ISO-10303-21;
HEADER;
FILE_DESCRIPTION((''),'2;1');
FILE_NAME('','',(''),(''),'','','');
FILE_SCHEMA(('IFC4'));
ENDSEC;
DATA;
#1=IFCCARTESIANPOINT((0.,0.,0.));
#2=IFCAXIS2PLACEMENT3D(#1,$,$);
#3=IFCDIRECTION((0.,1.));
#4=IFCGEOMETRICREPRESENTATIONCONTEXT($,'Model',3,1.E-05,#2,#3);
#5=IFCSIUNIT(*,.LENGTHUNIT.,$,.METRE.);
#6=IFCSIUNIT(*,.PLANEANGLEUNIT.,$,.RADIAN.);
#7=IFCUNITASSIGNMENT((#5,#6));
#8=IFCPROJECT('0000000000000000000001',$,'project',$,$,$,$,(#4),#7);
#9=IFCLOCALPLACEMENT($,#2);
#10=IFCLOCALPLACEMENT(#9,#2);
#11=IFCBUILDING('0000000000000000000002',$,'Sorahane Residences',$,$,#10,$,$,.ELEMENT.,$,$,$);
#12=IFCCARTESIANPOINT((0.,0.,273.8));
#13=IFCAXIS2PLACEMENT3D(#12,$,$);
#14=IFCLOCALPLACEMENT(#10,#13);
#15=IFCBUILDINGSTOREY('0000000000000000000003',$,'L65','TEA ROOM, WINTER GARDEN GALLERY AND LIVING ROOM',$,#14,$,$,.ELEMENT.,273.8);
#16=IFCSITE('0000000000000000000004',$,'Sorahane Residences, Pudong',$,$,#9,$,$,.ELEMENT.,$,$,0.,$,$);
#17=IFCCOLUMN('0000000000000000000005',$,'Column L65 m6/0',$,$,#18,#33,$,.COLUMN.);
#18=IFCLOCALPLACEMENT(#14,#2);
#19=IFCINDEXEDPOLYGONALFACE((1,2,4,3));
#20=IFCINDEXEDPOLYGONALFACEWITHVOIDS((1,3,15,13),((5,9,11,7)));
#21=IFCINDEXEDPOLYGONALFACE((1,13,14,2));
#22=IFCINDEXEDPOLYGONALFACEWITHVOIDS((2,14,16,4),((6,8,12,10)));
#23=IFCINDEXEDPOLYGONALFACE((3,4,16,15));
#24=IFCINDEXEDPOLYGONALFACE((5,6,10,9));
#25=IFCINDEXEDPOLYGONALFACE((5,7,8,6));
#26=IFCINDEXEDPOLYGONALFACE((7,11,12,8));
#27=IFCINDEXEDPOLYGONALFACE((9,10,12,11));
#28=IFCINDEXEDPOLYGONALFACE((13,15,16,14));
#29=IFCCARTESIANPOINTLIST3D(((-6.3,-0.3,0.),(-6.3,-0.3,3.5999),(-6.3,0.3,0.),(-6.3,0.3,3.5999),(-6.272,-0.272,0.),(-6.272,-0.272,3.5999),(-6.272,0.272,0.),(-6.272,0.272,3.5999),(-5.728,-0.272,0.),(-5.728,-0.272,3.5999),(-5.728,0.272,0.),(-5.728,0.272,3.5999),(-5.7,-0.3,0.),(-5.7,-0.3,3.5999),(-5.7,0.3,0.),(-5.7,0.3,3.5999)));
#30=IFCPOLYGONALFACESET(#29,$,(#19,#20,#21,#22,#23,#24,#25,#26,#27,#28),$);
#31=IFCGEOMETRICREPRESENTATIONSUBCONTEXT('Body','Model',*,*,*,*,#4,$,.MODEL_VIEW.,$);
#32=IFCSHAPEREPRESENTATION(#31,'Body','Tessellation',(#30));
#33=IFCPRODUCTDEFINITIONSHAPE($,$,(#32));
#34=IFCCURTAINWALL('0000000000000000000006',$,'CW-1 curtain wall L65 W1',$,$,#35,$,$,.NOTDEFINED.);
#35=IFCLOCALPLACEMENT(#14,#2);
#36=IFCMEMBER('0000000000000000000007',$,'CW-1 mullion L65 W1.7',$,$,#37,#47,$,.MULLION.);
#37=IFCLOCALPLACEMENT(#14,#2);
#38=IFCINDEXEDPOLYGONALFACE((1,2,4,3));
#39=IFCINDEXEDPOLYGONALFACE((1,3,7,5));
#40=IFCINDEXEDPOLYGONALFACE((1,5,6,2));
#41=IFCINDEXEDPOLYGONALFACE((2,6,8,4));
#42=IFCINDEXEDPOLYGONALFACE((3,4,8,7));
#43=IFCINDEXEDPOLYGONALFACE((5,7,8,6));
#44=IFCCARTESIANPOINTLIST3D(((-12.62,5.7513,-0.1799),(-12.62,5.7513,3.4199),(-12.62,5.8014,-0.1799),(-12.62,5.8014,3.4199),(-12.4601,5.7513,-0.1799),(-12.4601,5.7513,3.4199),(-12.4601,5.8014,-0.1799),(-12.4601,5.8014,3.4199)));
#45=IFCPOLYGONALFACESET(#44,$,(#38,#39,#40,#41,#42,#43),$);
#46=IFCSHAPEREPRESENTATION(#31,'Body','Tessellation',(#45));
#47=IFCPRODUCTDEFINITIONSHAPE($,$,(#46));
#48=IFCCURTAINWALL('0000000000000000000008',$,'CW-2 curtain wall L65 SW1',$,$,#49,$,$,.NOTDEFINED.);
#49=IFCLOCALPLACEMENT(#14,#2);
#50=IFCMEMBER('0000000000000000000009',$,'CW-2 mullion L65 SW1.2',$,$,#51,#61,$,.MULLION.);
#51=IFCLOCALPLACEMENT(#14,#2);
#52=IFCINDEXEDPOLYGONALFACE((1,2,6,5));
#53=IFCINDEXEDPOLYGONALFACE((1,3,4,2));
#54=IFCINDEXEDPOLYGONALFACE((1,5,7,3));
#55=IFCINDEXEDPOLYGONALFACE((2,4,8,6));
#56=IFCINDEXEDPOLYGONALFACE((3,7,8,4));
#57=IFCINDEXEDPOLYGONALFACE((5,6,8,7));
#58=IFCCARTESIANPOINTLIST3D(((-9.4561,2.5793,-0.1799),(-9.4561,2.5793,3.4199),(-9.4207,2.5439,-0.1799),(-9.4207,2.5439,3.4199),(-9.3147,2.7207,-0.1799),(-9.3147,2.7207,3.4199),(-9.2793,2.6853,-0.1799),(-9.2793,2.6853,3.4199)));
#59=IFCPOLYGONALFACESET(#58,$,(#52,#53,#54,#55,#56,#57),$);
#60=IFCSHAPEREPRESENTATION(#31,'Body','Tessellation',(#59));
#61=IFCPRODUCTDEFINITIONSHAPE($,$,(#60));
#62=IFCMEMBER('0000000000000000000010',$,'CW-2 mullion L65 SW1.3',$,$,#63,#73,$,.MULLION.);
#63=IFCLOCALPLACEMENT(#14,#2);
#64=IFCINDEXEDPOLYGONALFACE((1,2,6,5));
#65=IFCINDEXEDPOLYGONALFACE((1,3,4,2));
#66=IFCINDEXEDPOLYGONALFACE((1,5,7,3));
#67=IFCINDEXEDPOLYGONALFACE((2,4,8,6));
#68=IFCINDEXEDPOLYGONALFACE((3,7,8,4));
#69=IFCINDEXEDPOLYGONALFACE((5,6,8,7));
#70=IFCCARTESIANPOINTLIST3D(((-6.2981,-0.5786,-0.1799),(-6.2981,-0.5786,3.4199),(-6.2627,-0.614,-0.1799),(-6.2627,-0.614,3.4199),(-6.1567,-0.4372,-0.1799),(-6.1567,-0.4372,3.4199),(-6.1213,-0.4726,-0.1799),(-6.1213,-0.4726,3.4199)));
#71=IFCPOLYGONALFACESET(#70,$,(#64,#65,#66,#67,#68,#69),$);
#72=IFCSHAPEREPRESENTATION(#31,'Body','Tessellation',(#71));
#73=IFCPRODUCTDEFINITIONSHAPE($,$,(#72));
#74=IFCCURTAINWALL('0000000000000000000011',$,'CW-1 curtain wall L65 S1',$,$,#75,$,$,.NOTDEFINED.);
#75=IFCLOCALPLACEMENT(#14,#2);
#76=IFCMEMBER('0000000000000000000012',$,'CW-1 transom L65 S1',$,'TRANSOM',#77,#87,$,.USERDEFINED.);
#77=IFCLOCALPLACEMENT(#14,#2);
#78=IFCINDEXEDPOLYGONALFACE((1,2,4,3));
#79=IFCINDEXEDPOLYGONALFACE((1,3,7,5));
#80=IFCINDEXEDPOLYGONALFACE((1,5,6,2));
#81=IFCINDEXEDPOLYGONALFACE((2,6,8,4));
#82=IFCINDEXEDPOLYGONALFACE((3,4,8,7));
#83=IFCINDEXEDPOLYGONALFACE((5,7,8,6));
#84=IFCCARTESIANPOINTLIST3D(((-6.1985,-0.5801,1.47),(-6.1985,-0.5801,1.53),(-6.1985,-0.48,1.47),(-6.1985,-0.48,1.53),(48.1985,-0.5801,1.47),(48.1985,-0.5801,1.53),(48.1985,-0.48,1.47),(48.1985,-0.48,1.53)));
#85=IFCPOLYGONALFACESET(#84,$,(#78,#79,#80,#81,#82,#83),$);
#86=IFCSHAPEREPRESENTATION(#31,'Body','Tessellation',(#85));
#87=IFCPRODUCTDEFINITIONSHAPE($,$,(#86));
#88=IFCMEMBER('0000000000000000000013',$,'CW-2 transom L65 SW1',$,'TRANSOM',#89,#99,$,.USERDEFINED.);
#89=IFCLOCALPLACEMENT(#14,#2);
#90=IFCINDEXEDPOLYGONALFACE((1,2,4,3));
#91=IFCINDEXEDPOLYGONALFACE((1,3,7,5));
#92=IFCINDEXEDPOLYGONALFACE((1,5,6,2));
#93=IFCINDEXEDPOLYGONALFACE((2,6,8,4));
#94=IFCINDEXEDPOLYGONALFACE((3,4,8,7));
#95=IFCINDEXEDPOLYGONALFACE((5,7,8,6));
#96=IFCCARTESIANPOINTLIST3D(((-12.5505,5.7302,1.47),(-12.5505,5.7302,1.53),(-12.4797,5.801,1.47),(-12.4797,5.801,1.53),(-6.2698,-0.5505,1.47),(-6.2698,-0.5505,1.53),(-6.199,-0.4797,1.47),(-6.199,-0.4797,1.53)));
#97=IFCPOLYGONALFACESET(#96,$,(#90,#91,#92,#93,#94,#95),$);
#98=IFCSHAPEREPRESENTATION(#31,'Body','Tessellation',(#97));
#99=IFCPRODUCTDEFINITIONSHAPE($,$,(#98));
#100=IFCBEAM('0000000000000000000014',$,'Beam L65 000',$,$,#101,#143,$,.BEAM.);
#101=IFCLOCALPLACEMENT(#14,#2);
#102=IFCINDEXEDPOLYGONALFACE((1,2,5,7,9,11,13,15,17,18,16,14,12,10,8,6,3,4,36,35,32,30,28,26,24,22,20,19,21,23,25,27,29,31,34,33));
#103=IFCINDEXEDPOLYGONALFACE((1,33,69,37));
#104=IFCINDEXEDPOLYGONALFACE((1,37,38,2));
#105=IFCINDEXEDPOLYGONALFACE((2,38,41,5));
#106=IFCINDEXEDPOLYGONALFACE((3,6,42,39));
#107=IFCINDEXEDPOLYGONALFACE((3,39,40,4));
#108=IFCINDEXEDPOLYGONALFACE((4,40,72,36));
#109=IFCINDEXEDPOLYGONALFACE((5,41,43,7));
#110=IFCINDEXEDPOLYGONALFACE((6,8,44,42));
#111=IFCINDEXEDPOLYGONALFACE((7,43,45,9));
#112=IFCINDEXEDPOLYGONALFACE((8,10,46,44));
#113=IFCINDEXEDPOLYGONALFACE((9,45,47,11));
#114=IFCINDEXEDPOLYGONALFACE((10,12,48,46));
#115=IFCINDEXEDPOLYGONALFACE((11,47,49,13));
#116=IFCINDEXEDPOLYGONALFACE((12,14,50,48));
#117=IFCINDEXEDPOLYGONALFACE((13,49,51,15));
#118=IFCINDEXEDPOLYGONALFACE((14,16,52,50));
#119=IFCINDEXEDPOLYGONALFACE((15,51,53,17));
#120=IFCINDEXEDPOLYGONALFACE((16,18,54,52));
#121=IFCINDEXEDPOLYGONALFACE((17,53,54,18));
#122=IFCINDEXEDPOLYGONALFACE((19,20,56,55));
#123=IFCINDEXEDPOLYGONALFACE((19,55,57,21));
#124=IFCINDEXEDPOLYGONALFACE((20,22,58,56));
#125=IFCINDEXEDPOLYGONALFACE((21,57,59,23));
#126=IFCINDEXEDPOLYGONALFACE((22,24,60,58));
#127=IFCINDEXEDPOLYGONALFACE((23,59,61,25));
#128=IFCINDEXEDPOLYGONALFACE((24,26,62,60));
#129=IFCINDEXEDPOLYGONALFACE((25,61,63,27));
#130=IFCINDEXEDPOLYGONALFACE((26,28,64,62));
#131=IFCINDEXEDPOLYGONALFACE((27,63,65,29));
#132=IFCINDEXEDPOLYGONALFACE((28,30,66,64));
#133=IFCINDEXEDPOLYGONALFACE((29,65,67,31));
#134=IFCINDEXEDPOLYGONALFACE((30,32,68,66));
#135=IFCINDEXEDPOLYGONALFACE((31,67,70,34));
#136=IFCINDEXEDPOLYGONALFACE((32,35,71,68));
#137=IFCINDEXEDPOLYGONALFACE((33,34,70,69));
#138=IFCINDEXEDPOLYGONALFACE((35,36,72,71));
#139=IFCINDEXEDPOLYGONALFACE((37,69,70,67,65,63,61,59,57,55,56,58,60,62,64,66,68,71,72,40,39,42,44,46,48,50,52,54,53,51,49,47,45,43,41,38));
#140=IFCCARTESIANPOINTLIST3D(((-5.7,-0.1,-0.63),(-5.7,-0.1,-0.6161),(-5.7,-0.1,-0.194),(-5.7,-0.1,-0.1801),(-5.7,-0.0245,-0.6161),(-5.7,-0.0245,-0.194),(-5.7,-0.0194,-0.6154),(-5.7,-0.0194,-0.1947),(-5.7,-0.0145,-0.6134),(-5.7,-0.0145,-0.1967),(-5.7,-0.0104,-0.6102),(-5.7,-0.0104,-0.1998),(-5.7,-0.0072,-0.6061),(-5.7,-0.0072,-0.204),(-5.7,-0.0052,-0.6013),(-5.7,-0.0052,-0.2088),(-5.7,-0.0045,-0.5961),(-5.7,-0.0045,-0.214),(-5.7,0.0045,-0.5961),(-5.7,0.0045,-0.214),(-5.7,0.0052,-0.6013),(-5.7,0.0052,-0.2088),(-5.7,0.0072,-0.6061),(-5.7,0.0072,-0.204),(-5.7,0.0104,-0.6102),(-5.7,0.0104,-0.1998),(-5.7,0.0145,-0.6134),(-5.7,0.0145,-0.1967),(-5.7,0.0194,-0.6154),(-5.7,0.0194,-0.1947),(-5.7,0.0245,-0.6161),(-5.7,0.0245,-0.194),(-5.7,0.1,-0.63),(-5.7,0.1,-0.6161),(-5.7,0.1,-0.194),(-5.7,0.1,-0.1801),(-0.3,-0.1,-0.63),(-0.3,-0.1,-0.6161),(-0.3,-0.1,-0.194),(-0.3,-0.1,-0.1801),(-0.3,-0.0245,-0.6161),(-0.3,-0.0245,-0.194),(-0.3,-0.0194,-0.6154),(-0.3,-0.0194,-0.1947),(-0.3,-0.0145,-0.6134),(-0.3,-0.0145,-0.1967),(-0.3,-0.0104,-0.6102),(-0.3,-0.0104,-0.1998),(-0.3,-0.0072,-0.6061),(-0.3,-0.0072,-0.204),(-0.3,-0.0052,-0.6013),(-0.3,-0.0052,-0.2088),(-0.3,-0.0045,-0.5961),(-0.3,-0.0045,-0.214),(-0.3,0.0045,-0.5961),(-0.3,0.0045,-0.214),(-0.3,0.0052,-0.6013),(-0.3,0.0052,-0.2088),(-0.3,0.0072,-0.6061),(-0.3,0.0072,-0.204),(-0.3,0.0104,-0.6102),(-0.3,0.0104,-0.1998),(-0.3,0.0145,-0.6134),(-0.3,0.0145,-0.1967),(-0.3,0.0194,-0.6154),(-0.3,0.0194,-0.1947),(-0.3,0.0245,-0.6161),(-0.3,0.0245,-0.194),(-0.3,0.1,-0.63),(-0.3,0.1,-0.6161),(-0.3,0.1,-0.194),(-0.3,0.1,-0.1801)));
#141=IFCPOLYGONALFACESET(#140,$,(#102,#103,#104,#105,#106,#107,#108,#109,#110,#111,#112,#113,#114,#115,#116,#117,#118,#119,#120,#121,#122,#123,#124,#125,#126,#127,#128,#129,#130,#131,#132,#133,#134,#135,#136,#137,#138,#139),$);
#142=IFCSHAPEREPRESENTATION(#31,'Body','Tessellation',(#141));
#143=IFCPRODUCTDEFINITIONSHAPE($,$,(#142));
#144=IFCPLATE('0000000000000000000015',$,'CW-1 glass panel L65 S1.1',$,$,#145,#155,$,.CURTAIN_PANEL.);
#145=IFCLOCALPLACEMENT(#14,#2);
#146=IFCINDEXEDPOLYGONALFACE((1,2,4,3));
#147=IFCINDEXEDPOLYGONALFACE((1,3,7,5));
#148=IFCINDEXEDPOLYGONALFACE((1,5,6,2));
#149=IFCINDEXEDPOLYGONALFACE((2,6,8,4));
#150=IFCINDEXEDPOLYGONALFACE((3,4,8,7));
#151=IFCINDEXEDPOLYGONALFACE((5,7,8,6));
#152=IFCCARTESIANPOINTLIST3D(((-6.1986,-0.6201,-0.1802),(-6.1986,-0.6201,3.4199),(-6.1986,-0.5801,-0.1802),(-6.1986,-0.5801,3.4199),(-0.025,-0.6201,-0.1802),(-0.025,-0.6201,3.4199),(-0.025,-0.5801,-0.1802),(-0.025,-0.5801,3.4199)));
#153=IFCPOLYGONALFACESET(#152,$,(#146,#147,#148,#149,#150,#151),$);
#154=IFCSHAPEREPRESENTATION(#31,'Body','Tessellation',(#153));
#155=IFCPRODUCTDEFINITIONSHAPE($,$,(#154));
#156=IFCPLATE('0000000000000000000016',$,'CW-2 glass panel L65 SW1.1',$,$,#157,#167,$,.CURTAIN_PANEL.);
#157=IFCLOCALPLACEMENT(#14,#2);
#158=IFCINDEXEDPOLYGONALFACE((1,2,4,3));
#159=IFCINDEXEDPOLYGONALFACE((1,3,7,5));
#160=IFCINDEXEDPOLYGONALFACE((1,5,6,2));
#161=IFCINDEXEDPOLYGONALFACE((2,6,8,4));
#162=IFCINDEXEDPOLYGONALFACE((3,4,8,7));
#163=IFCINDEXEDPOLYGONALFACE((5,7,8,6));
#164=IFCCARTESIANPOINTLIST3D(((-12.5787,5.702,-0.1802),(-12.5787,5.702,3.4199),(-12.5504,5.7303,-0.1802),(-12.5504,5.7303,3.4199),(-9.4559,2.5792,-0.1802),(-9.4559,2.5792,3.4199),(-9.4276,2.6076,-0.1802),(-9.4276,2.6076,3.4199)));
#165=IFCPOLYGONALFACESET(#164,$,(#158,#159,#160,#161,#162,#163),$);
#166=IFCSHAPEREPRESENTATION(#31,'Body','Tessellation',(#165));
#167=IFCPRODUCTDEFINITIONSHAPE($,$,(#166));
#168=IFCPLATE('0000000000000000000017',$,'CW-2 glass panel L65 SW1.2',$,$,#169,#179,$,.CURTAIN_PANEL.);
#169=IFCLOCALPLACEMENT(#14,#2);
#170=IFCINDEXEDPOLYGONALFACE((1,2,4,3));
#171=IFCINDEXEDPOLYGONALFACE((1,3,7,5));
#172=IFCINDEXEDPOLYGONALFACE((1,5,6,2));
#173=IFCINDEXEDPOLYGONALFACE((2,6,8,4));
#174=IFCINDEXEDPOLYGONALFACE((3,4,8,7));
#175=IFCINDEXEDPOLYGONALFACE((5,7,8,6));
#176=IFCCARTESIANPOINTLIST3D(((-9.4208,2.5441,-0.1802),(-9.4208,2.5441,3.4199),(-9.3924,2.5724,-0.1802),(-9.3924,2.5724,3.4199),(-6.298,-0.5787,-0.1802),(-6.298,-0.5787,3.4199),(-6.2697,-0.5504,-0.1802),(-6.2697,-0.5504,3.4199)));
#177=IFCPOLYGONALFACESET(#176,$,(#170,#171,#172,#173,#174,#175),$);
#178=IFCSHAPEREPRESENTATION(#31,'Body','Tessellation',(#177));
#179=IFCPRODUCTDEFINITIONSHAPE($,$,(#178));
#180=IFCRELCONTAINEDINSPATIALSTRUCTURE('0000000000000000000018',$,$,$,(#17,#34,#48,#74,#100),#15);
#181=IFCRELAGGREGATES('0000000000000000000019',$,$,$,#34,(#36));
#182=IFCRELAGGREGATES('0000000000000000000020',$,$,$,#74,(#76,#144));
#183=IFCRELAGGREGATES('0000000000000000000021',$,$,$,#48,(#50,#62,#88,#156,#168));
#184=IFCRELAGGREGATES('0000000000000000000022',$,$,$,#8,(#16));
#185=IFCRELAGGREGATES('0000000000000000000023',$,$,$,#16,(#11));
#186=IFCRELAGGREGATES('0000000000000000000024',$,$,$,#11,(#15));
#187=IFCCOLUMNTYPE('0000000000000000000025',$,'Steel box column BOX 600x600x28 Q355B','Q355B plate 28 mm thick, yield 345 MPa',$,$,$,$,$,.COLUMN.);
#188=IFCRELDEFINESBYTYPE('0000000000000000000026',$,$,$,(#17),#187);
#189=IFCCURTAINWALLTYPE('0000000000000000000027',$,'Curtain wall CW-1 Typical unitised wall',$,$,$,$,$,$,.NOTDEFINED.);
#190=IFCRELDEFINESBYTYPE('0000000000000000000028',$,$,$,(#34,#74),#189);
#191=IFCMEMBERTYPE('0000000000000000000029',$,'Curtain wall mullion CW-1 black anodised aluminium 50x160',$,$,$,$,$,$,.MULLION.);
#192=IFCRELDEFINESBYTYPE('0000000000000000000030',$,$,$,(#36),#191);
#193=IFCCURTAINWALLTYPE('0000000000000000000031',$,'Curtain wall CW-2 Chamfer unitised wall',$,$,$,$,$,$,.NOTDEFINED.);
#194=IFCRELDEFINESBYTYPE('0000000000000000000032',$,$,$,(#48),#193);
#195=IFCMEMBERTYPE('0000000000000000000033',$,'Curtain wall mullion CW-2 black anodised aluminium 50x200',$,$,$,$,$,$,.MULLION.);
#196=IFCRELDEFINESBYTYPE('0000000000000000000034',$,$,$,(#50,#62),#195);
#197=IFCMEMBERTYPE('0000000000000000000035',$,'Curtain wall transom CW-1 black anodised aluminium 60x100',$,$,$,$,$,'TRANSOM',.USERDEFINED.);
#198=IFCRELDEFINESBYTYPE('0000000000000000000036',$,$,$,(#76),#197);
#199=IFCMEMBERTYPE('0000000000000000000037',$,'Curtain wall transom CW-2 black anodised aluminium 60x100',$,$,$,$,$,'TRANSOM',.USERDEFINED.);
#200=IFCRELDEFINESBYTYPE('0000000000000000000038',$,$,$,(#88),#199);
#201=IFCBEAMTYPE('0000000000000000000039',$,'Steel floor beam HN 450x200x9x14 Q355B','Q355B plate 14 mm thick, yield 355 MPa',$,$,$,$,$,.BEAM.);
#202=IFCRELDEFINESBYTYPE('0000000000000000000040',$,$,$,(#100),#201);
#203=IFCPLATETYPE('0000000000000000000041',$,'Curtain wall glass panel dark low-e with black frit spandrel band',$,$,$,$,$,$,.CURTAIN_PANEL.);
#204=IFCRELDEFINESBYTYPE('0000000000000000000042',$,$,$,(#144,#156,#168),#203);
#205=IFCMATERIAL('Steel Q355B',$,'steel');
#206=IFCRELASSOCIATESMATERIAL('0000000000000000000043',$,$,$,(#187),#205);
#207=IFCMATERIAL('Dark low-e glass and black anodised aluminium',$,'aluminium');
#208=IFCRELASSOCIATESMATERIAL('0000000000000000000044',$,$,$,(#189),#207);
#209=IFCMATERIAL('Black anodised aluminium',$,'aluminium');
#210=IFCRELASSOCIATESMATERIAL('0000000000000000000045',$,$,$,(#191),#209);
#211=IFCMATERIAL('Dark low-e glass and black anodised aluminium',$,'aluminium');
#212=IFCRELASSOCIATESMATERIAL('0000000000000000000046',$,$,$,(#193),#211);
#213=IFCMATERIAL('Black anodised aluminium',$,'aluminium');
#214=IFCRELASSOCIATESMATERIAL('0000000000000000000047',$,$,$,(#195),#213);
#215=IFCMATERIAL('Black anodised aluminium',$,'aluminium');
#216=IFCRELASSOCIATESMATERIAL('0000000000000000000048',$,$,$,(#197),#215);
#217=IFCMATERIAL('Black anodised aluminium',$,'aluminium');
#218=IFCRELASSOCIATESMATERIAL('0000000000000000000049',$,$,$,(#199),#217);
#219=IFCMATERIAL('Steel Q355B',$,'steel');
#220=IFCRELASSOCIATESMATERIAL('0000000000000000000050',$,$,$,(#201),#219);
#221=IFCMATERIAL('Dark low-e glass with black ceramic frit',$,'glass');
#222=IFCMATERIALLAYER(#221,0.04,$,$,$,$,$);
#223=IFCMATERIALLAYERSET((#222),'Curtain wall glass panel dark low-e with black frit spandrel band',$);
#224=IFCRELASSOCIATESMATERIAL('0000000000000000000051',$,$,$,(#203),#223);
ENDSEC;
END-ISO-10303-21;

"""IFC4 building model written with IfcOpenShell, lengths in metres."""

from ifc_helpers import new_model, si_unit, direction, frame, origin, origin_2d, place, context, subcontext, project, spatial, rectangle, hollow_rectangle, i_section, extrude, material, layer, layer_set, material_profile, profile_set, type_object, element, aggregate, save


model = new_model("IFC4")

# Units and contexts
model_context = context("Model", 3, precision=1e-05, world=origin(), true_north=direction((0.0, 1.0)))
body_context = subcontext(model_context, "Body", "Model", "MODEL_VIEW")
ifc_project = project(units=[si_unit("LENGTHUNIT", "METRE"), si_unit("PLANEANGLEUNIT", "RADIAN")], contexts=[model_context])

# Site, building, storey
site_placement = place(None, origin())
site = spatial("IfcSite", under=ifc_project, at=site_placement, Name="Sorahane Residences, Pudong", CompositionType="ELEMENT", RefElevation=0.0)
building_placement = place(site_placement, origin())
building = spatial("IfcBuilding", under=site, at=building_placement, Name="Sorahane Residences", CompositionType="ELEMENT")
storey_placement = place(building_placement, frame((0.0, 0.0, 273.8)))
storey = spatial("IfcBuildingStorey", under=building, at=storey_placement, Name="L65", Description="TEA ROOM, WINTER GARDEN GALLERY AND LIVING ROOM", CompositionType="ELEMENT", Elevation=273.8)

# Column
ifc_material_1 = material(Name="Steel Q355B", Category="steel")
ifc_material_profile_1 = material_profile(ifc_material_1, hollow_rectangle(XDim=0.6001, YDim=0.6001, WallThickness=0.0281, at=origin_2d()), Name="BOX 600x600x28")
ifc_profile_set_1 = profile_set([ifc_material_profile_1], Name="Steel Q355B")
column_type = type_object("IfcColumnType", Name="Steel box column BOX 600x600x28 Q355B", Description="Q355B plate 28 mm thick, yield 345 MPa", PredefinedType="COLUMN", material=ifc_profile_set_1)
column_placement = place(storey_placement, frame((-6.0, 0.0, 0.0), z_axis=(0.0, 0.0, 1.0), x_axis=(1.0, 0.0, 0.0)))
element("IfcColumn", 1, at=column_placement, inside=storey, type_object=column_type, Name="Column L65 m6/0", PredefinedType="COLUMN", context=body_context, shape_type="SweptSolid", body=[
    extrude(hollow_rectangle(XDim=0.6001, YDim=0.6001, WallThickness=0.0281, at=origin_2d()), origin(), (0.0, 0.0, 1.0), 3.5999),
])

# Curtain wall, member
ifc_material_2 = material(Name="Dark low-e glass and black anodised aluminium", Category="aluminium")
curtain_wall_type_1 = type_object("IfcCurtainWallType", Name="Curtain wall CW-1 Typical unitised wall", PredefinedType="NOTDEFINED", material=ifc_material_2)
curtain_wall_1_placement = place(storey_placement, origin())
curtain_wall_1 = element("IfcCurtainWall", 2, at=curtain_wall_1_placement, inside=storey, type_object=curtain_wall_type_1, Name="CW-1 curtain wall L65 W1", PredefinedType="NOTDEFINED")
ifc_material_3 = material(Name="Black anodised aluminium", Category="aluminium")
ifc_material_profile_2 = material_profile(ifc_material_3, rectangle(XDim=0.1599, YDim=0.05, at=origin_2d()), Name="Curtain wall mullion CW-1 black anodised aluminium 50x160")
ifc_profile_set_2 = profile_set([ifc_material_profile_2], Name="Black anodised aluminium")
member_type_1 = type_object("IfcMemberType", Name="Curtain wall mullion CW-1 black anodised aluminium 50x160", PredefinedType="MULLION", material=ifc_profile_set_2)
member_1_placement = place(storey_placement, frame((-12.54, 5.7764, -0.1799), z_axis=(0.0, 0.0, 1.0), x_axis=(-1.0, 0.0, 0.0)))
member_1 = element("IfcMember", 3, at=member_1_placement, type_object=member_type_1, Name="CW-1 mullion L65 W1.7", PredefinedType="MULLION", context=body_context, shape_type="SweptSolid", body=[
    extrude(rectangle(XDim=0.1599, YDim=0.05, at=origin_2d()), origin(), (0.0, 0.0, 1.0), 3.5999),
])
aggregate(curtain_wall_1, [member_1])

# Curtain wall, members
ifc_material_4 = material(Name="Dark low-e glass and black anodised aluminium", Category="aluminium")
curtain_wall_type_2 = type_object("IfcCurtainWallType", Name="Curtain wall CW-2 Chamfer unitised wall", PredefinedType="NOTDEFINED", material=ifc_material_4)
curtain_wall_2_placement = place(storey_placement, origin())
curtain_wall_2 = element("IfcCurtainWall", 4, at=curtain_wall_2_placement, inside=storey, type_object=curtain_wall_type_2, Name="CW-2 curtain wall L65 SW1", PredefinedType="NOTDEFINED")
ifc_material_5 = material(Name="Black anodised aluminium", Category="aluminium")
ifc_material_profile_3 = material_profile(ifc_material_5, rectangle(XDim=0.2, YDim=0.05, at=origin_2d()), Name="Curtain wall mullion CW-2 black anodised aluminium 50x200")
ifc_profile_set_3 = profile_set([ifc_material_profile_3], Name="Black anodised aluminium")
member_type_2 = type_object("IfcMemberType", Name="Curtain wall mullion CW-2 black anodised aluminium 50x200", PredefinedType="MULLION", material=ifc_profile_set_3)
member_2_placement = place(storey_placement, frame((-9.3677, 2.6323, -0.1799), z_axis=(0.0, 0.0, 1.0), x_axis=(-0.707107, -0.707107, 0.0)))
member_2 = element("IfcMember", 5, at=member_2_placement, type_object=member_type_2, Name="CW-2 mullion L65 SW1.2", PredefinedType="MULLION", context=body_context, shape_type="SweptSolid", body=[
    extrude(rectangle(XDim=0.2, YDim=0.05, at=origin_2d()), origin(), (0.0, 0.0, 1.0), 3.5999),
])
member_3_placement = place(storey_placement, frame((-6.2097, -0.5256, -0.1799), z_axis=(0.0, 0.0, 1.0), x_axis=(-0.707107, -0.707107, 0.0)))
member_3 = element("IfcMember", 6, at=member_3_placement, type_object=member_type_2, Name="CW-2 mullion L65 SW1.3", PredefinedType="MULLION", context=body_context, shape_type="SweptSolid", body=[
    extrude(rectangle(XDim=0.2, YDim=0.05, at=origin_2d()), origin(), (0.0, 0.0, 1.0), 3.5999),
])

# Curtain wall, member
curtain_wall_3_placement = place(storey_placement, origin())
curtain_wall_3 = element("IfcCurtainWall", 7, at=curtain_wall_3_placement, inside=storey, type_object=curtain_wall_type_1, Name="CW-1 curtain wall L65 S1", PredefinedType="NOTDEFINED")
ifc_material_6 = material(Name="Black anodised aluminium", Category="aluminium")
ifc_material_profile_4 = material_profile(ifc_material_6, rectangle(XDim=0.1001, YDim=0.0601, at=origin_2d()), Name="Curtain wall transom CW-1 black anodised aluminium 60x100")
ifc_profile_set_4 = profile_set([ifc_material_profile_4], Name="Black anodised aluminium")
member_type_3 = type_object("IfcMemberType", Name="Curtain wall transom CW-1 black anodised aluminium 60x100", ElementType="TRANSOM", PredefinedType="USERDEFINED", material=ifc_profile_set_4)
member_4_placement = place(storey_placement, frame((-6.1985, -0.53, 1.5), z_axis=(1.0, 0.0, 0.0), x_axis=(0.0, 1.0, 0.0)))
member_4 = element("IfcMember", 8, at=member_4_placement, type_object=member_type_3, Name="CW-1 transom L65 S1", ObjectType="TRANSOM", PredefinedType="USERDEFINED", context=body_context, shape_type="SweptSolid", body=[
    extrude(rectangle(XDim=0.1001, YDim=0.0601, at=origin_2d()), origin(), (0.0, 0.0, 1.0), 54.397),
])

# Member
ifc_material_7 = material(Name="Black anodised aluminium", Category="aluminium")
ifc_material_profile_5 = material_profile(ifc_material_7, rectangle(XDim=0.1001, YDim=0.0601, at=origin_2d()), Name="Curtain wall transom CW-2 black anodised aluminium 60x100")
ifc_profile_set_5 = profile_set([ifc_material_profile_5], Name="Black anodised aluminium")
member_type_4 = type_object("IfcMemberType", Name="Curtain wall transom CW-2 black anodised aluminium 60x100", ElementType="TRANSOM", PredefinedType="USERDEFINED", material=ifc_profile_set_5)
member_5_placement = place(storey_placement, frame((-12.5151, 5.7656, 1.5), z_axis=(0.707107, -0.707107, 0.0), x_axis=(0.707107, 0.707107, 0.0)))
member_5 = element("IfcMember", 9, at=member_5_placement, type_object=member_type_4, Name="CW-2 transom L65 SW1", ObjectType="TRANSOM", PredefinedType="USERDEFINED", context=body_context, shape_type="SweptSolid", body=[
    extrude(rectangle(XDim=0.1001, YDim=0.0601, at=origin_2d()), origin(), (0.0, 0.0, 1.0), 8.8823),
])

# Beam
ifc_material_8 = material(Name="Steel Q355B", Category="steel")
ifc_material_profile_6 = material_profile(ifc_material_8, i_section(OverallWidth=0.2, OverallDepth=0.45, WebThickness=0.009, FlangeThickness=0.0139, FilletRadius=0.02, at=origin_2d()), Name="HN 450x200x9x14")
ifc_profile_set_6 = profile_set([ifc_material_profile_6], Name="Steel Q355B")
beam_type = type_object("IfcBeamType", Name="Steel floor beam HN 450x200x9x14 Q355B", Description="Q355B plate 14 mm thick, yield 355 MPa", PredefinedType="BEAM", material=ifc_profile_set_6)
beam_placement = place(storey_placement, frame((-5.7, 0.0, -0.405), z_axis=(1.0, 0.0, 0.0), x_axis=(0.0, 1.0, 0.0)))
element("IfcBeam", 10, at=beam_placement, inside=storey, type_object=beam_type, Name="Beam L65 000", PredefinedType="BEAM", context=body_context, shape_type="SweptSolid", body=[
    extrude(i_section(OverallWidth=0.2, OverallDepth=0.45, WebThickness=0.009, FlangeThickness=0.0139, FilletRadius=0.02, at=origin_2d()), origin(), (0.0, 0.0, 1.0), 5.3999),
])

# Plates
ifc_material_9 = material(Name="Dark low-e glass with black ceramic frit", Category="glass")
ifc_layer_1 = layer(ifc_material_9, 0.04)
ifc_layer_set_1 = layer_set([ifc_layer_1], Name="Curtain wall glass panel dark low-e with black frit spandrel band")
plate_type = type_object("IfcPlateType", Name="Curtain wall glass panel dark low-e with black frit spandrel band", PredefinedType="CURTAIN_PANEL", material=ifc_layer_set_1)
plate_1_placement = place(storey_placement, frame((-3.1118, -0.6001, -0.1802), z_axis=(0.0, 0.0, 1.0), x_axis=(1.0, 0.0, 0.0)))
plate_1 = element("IfcPlate", 11, at=plate_1_placement, type_object=plate_type, Name="CW-1 glass panel L65 S1.1", PredefinedType="CURTAIN_PANEL", context=body_context, shape_type="SweptSolid", body=[
    extrude(rectangle(XDim=6.1736, YDim=0.04, at=origin_2d()), origin(), (0.0, 0.0, 1.0), 3.6001),
])
aggregate(curtain_wall_3, [member_4, plate_1])
plate_2_placement = place(storey_placement, frame((-11.0032, 4.1548, -0.1802), z_axis=(0.0, 0.0, 1.0), x_axis=(0.707107, -0.707107, 0.0)))
plate_2 = element("IfcPlate", 12, at=plate_2_placement, type_object=plate_type, Name="CW-2 glass panel L65 SW1.1", PredefinedType="CURTAIN_PANEL", context=body_context, shape_type="SweptSolid", body=[
    extrude(rectangle(XDim=4.4163, YDim=0.04, at=origin_2d()), origin(), (0.0, 0.0, 1.0), 3.6001),
])
plate_3_placement = place(storey_placement, frame((-7.8452, 0.9968, -0.1802), z_axis=(0.0, 0.0, 1.0), x_axis=(0.707107, -0.707107, 0.0)))
plate_3 = element("IfcPlate", 13, at=plate_3_placement, type_object=plate_type, Name="CW-2 glass panel L65 SW1.2", PredefinedType="CURTAIN_PANEL", context=body_context, shape_type="SweptSolid", body=[
    extrude(rectangle(XDim=4.4163, YDim=0.04, at=origin_2d()), origin(), (0.0, 0.0, 1.0), 3.6001),
])
aggregate(curtain_wall_2, [member_2, member_3, member_5, plate_2, plate_3])

save(model, "model.ifc")
